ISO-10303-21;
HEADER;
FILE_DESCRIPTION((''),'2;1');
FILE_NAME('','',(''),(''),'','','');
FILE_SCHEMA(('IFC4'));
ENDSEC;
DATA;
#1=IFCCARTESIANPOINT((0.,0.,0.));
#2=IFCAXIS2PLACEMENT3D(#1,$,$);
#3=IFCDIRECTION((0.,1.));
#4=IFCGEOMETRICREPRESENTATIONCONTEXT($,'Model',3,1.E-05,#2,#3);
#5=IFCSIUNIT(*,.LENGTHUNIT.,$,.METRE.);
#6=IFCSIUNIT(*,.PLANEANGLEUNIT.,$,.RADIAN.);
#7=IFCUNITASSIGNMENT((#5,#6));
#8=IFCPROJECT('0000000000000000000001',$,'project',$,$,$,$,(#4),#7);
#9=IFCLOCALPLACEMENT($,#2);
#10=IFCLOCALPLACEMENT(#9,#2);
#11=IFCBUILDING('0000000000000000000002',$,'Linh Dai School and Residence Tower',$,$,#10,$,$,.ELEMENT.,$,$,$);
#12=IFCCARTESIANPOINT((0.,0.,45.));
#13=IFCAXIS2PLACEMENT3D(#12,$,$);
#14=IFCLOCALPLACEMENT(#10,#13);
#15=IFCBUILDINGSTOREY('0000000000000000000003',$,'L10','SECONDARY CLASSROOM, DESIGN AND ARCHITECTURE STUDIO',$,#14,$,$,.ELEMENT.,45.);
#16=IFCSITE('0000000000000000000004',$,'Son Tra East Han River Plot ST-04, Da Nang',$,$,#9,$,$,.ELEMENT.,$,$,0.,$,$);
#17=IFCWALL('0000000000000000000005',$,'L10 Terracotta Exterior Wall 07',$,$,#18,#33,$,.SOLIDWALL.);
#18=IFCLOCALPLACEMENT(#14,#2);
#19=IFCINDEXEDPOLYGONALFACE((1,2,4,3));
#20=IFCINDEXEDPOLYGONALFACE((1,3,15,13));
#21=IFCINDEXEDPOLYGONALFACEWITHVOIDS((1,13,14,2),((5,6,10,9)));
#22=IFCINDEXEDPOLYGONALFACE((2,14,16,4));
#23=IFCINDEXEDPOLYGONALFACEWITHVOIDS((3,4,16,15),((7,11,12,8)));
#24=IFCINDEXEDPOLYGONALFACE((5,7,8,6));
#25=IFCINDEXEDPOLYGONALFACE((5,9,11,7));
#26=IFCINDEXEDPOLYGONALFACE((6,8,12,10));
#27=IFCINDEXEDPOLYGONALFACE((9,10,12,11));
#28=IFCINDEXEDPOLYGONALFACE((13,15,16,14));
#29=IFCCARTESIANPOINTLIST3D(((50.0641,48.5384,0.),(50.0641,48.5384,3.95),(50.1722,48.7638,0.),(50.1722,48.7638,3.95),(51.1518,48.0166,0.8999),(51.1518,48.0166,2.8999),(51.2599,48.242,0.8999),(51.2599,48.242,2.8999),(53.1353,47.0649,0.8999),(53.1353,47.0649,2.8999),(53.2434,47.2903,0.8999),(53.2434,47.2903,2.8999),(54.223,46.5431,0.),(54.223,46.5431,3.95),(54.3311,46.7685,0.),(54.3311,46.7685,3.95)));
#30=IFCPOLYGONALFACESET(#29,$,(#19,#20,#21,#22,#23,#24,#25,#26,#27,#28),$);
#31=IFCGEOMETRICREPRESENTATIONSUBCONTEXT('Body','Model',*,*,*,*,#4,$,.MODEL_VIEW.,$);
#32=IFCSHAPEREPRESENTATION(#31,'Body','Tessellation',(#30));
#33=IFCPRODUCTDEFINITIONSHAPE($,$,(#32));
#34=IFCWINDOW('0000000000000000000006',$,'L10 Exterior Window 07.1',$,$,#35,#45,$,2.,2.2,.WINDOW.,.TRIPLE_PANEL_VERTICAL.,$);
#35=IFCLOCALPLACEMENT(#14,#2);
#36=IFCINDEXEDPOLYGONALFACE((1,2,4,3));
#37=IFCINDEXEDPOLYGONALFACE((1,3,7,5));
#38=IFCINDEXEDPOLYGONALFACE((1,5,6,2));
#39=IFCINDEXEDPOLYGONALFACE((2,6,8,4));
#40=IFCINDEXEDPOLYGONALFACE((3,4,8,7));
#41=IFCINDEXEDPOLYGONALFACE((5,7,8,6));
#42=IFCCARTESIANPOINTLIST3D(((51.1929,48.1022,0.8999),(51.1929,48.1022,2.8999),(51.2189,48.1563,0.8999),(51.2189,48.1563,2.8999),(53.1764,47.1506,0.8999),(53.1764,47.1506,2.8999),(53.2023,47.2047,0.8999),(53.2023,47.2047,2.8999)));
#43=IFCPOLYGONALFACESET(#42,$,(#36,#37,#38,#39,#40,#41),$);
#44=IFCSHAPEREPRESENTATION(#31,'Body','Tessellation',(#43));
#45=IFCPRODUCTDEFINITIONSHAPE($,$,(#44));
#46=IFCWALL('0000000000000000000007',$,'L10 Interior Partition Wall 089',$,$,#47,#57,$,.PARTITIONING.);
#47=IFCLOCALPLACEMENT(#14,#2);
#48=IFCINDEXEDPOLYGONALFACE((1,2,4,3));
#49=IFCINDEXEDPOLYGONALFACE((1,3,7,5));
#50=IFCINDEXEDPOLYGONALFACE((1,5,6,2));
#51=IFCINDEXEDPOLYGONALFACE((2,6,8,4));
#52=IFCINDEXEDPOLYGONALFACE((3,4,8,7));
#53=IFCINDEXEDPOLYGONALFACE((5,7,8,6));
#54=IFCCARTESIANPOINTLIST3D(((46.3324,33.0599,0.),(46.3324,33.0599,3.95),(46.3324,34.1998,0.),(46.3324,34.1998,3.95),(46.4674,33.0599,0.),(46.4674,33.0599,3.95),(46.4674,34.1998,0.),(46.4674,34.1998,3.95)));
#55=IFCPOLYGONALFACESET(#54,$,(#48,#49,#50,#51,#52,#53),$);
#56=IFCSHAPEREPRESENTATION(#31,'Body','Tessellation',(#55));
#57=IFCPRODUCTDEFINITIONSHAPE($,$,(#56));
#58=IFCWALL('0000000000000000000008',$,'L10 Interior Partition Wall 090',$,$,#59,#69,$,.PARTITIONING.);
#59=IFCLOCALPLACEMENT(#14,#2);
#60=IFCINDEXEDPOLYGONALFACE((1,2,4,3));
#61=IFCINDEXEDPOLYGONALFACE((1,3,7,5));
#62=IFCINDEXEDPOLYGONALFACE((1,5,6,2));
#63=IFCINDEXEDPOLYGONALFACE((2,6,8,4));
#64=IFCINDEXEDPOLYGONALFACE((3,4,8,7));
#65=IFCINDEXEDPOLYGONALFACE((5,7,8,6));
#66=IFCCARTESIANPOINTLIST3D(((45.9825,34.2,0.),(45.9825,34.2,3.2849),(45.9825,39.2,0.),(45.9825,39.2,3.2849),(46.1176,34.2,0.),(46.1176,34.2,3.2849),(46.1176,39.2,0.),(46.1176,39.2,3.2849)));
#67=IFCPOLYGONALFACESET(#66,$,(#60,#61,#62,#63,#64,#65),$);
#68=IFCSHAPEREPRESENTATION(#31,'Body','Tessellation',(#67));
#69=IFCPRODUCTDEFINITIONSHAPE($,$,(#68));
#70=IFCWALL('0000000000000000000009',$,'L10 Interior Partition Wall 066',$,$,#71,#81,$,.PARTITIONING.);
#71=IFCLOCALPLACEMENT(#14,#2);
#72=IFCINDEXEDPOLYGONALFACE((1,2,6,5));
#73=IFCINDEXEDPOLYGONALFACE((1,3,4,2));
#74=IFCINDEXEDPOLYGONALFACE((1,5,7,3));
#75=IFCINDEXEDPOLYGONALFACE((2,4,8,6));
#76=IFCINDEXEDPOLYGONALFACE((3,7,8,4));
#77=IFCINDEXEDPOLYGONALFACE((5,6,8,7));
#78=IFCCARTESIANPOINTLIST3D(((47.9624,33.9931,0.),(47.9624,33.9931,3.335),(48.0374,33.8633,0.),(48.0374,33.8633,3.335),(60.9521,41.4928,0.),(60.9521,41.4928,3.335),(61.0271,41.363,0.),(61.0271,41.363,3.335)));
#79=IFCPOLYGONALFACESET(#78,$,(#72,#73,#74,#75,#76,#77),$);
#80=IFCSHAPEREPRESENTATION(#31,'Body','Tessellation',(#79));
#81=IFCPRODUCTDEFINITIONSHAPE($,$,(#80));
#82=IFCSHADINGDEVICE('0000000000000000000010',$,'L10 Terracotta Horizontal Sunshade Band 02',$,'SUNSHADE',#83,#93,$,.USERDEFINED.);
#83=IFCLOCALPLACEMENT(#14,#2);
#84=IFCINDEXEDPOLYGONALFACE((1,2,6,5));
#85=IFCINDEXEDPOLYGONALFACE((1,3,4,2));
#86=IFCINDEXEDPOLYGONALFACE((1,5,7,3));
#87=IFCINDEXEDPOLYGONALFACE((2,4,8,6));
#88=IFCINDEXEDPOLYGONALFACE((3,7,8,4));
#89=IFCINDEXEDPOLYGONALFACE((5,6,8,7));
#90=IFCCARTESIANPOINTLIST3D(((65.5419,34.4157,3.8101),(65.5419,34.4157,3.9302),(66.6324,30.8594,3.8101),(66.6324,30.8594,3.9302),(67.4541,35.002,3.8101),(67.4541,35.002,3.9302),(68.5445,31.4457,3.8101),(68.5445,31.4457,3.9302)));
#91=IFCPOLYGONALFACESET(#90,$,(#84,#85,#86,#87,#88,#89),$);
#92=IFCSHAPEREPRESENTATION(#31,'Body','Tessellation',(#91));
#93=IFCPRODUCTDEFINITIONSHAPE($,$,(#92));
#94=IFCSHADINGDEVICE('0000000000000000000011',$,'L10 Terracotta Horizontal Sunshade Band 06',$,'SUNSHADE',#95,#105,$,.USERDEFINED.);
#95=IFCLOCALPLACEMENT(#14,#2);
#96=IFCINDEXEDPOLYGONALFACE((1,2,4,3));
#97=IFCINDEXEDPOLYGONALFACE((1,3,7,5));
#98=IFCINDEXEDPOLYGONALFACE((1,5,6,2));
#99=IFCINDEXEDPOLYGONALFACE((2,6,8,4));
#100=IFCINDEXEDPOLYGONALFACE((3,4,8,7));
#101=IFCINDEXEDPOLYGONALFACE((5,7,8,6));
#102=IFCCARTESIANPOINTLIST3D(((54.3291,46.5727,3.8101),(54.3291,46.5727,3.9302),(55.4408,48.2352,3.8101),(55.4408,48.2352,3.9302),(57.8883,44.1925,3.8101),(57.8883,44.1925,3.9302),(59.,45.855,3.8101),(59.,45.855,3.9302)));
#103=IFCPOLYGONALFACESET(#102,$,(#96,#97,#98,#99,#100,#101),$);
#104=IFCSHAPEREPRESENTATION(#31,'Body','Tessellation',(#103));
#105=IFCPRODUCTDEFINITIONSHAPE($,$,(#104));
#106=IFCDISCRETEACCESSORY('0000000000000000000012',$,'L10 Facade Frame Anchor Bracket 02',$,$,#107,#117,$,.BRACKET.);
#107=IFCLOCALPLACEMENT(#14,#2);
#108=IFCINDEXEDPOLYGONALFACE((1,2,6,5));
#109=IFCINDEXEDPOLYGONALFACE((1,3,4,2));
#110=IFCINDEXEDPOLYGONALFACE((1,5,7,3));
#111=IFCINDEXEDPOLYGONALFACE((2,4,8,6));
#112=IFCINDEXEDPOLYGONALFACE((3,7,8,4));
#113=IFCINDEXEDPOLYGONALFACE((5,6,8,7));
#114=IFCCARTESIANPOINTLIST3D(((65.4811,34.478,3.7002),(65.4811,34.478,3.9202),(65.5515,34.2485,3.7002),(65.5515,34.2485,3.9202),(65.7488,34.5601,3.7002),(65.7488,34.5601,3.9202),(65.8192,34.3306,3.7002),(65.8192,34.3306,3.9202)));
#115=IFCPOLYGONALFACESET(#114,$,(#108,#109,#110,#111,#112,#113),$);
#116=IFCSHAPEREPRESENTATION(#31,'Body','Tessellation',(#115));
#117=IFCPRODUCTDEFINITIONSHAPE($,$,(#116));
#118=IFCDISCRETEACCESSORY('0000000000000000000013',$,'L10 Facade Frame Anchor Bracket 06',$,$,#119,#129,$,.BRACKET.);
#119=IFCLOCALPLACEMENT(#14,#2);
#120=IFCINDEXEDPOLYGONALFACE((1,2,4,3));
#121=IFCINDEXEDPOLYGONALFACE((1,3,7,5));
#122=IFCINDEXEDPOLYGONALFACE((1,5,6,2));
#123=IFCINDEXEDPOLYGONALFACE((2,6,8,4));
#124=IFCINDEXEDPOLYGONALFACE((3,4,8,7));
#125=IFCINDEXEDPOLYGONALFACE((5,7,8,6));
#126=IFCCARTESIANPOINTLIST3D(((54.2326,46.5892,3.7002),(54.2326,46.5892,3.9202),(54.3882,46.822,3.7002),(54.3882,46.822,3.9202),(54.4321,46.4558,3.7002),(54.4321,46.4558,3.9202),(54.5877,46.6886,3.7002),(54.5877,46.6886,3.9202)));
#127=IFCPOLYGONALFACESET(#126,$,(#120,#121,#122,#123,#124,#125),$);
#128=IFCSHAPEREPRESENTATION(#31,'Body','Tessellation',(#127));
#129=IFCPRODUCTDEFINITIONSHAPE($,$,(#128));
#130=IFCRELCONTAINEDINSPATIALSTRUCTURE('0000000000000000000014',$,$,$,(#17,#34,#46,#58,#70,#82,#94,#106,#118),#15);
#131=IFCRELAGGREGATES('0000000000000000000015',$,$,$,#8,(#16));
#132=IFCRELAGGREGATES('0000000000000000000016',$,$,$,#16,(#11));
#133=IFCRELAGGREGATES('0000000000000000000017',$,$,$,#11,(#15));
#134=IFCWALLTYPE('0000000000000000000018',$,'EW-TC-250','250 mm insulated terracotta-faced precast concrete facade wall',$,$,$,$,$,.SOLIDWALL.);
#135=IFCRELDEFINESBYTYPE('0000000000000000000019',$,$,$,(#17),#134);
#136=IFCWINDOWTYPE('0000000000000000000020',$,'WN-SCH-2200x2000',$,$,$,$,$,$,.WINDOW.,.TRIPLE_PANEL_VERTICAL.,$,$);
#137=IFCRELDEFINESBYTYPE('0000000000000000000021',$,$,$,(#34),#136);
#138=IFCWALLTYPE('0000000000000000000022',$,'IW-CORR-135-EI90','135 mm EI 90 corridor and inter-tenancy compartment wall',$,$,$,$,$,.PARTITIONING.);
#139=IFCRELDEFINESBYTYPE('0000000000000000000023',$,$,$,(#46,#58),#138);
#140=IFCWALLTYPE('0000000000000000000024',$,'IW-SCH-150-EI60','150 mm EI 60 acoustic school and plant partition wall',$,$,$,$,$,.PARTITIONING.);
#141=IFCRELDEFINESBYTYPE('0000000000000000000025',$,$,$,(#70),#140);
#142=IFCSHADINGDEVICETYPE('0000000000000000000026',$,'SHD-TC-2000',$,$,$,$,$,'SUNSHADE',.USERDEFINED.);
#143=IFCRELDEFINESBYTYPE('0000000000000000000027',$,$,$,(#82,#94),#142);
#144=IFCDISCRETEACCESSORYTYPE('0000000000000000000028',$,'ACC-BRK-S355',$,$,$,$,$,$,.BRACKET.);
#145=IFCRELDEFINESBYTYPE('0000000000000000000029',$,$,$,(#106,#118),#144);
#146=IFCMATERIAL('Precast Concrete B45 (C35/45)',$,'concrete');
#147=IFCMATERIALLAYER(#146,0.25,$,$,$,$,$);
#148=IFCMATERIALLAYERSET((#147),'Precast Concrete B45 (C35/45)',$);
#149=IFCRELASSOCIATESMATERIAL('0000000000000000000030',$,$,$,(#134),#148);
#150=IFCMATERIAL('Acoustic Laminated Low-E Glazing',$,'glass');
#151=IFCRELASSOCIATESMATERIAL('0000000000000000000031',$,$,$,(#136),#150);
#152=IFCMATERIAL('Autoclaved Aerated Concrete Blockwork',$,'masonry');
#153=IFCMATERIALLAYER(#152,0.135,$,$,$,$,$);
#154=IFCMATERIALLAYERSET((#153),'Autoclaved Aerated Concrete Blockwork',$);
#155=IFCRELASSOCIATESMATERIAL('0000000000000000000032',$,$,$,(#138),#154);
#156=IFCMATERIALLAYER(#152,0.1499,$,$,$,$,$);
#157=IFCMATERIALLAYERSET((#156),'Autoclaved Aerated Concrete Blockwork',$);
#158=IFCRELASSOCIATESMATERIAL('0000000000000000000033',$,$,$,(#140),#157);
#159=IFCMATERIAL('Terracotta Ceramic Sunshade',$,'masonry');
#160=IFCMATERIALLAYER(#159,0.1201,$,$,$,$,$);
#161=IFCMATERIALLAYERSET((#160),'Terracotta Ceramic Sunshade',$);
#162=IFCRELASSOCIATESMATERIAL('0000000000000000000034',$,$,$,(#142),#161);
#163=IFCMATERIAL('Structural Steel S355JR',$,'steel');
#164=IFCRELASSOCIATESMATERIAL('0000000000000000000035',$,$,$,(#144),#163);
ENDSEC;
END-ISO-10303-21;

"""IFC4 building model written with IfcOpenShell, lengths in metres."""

from ifc_helpers import new_model, si_unit, direction, frame, frame_2d, origin, origin_2d, place, context, subcontext, project, spatial, rectangle, extrude, source, transform, mapped, material, layer, layer_set, type_object, element, fill, save


model = new_model("IFC4")

# Units and contexts
model_context = context("Model", 3, precision=1e-05, world=origin(), true_north=direction((0.0, 1.0)))
body_context = subcontext(model_context, "Body", "Model", "MODEL_VIEW")
ifc_project = project(units=[si_unit("LENGTHUNIT", "METRE"), si_unit("PLANEANGLEUNIT", "RADIAN")], contexts=[model_context])

# Site, building, storey
site_placement = place(None, origin())
site = spatial("IfcSite", under=ifc_project, at=site_placement, Name="Son Tra East Han River Plot ST-04, Da Nang", CompositionType="ELEMENT", RefElevation=0.0)
building_placement = place(site_placement, origin())
building = spatial("IfcBuilding", under=site, at=building_placement, Name="Linh Dai School and Residence Tower", CompositionType="ELEMENT")
storey_placement = place(building_placement, frame((0.0, 0.0, 45.0)))
storey = spatial("IfcBuildingStorey", under=building, at=storey_placement, Name="L10", Description="SECONDARY CLASSROOM, DESIGN AND ARCHITECTURE STUDIO", CompositionType="ELEMENT", Elevation=45.0)

# Shared definitions
ifc_material_1 = material(Name="Structural Steel S355JR", Category="steel")

# Shared definitions
ifc_material_2 = material(Name="Precast Concrete B45 (C35/45)", Category="concrete")

# Shared definitions
ifc_layer_1 = layer(ifc_material_2, 0.25)
ifc_layer_set_1 = layer_set([ifc_layer_1], Name="Precast Concrete B45 (C35/45)")
wall_type_1 = type_object("IfcWallType", Name="EW-TC-250", Description="250 mm insulated terracotta-faced precast concrete facade wall", PredefinedType="SOLIDWALL", material=ifc_layer_set_1)

# Shared definitions
ifc_material_3 = material(Name="Acoustic Laminated Low-E Glazing", Category="glass")
window_type = type_object("IfcWindowType", Name="WN-SCH-2200x2000", PartitioningType="TRIPLE_PANEL_VERTICAL", PredefinedType="WINDOW", material=ifc_material_3)
shared_shape_1 = source(origin(), body_context, "Body", "SweptSolid", [
    extrude(rectangle(XDim=2.2, YDim=2.0, at=origin_2d()), frame((1.1001, 0.03, 1.0), z_axis=(0.0, -1.0, 0.0), x_axis=(1.0, 0.0, 0.0)), (0.0, 0.0, 1.0), 0.0601),
])

# Wall, opening, window
wall_1_placement = place(storey_placement, frame((50.1182, 48.6511, 0.0), z_axis=(0.0, 0.0, 1.0), x_axis=(0.901602, -0.432568, 0.0)))
wall_1 = element("IfcWall", 1, at=wall_1_placement, inside=storey, type_object=wall_type_1, Name="L10 Terracotta Exterior Wall 07", PredefinedType="SOLIDWALL", context=body_context, shape_type="SweptSolid", body=[
    extrude(rectangle(XDim=4.6128, YDim=0.25, at=frame_2d((2.3064, 0.0))), origin(), (0.0, 0.0, 1.0), 3.95),
])
opening_1_placement = place(wall_1_placement, frame((1.2063, 0.0, 0.8999)))
opening_1 = element("IfcOpeningElement", 2, at=opening_1_placement, cuts=wall_1, PredefinedType="OPENING", context=body_context, shape_type="SweptSolid", body=[
    extrude(rectangle(XDim=2.2, YDim=2.0, at=origin_2d()), frame((1.1001, 0.135, 1.0), z_axis=(0.0, -1.0, 0.0), x_axis=(1.0, 0.0, 0.0)), (0.0, 0.0, 1.0), 0.27),
])
window_1_placement = place(opening_1_placement, origin())
window_1 = element("IfcWindow", 3, at=window_1_placement, inside=storey, type_object=window_type, Name="L10 Exterior Window 07.1", OverallHeight=2.0, OverallWidth=2.2, PartitioningType="TRIPLE_PANEL_VERTICAL", PredefinedType="WINDOW", context=body_context, shape_type="MappedRepresentation", body=[
    mapped(shared_shape_1, transform((0.0, 0.0, 0.0), x_axis=(1.0, 0.0, 0.0), y_axis=(0.0, 1.0, 0.0), z_axis=(0.0, 0.0, 1.0), scale=1.0)),
])
fill(opening_1, window_1)

# Walls
ifc_material_4 = material(Name="Autoclaved Aerated Concrete Blockwork", Category="masonry")
ifc_layer_2 = layer(ifc_material_4, 0.135)
ifc_layer_set_2 = layer_set([ifc_layer_2], Name="Autoclaved Aerated Concrete Blockwork")
wall_type_2 = type_object("IfcWallType", Name="IW-CORR-135-EI90", Description="135 mm EI 90 corridor and inter-tenancy compartment wall", PredefinedType="PARTITIONING", material=ifc_layer_set_2)
wall_2_placement = place(storey_placement, frame((46.3999, 33.0601, 0.0), z_axis=(0.0, 0.0, 1.0), x_axis=(0.0, 1.0, 0.0)))
element("IfcWall", 4, at=wall_2_placement, inside=storey, type_object=wall_type_2, Name="L10 Interior Partition Wall 089", PredefinedType="PARTITIONING", context=body_context, shape_type="SweptSolid", body=[
    extrude(rectangle(XDim=1.1399, YDim=0.135, at=frame_2d((0.5698, 0.0))), origin(), (0.0, 0.0, 1.0), 3.95),
])
wall_3_placement = place(storey_placement, frame((46.05, 34.2, 0.0), z_axis=(0.0, 0.0, 1.0), x_axis=(0.0, 1.0, 0.0)))
element("IfcWall", 5, at=wall_3_placement, inside=storey, type_object=wall_type_2, Name="L10 Interior Partition Wall 090", PredefinedType="PARTITIONING", context=body_context, shape_type="SweptSolid", body=[
    extrude(rectangle(XDim=5.0, YDim=0.135, at=frame_2d((2.5, 0.0))), origin(), (0.0, 0.0, 1.0), 3.2849),
])
ifc_layer_3 = layer(ifc_material_4, 0.1499)
ifc_layer_set_3 = layer_set([ifc_layer_3], Name="Autoclaved Aerated Concrete Blockwork")
wall_type_3 = type_object("IfcWallType", Name="IW-SCH-150-EI60", Description="150 mm EI 60 acoustic school and plant partition wall", PredefinedType="PARTITIONING", material=ifc_layer_set_3)
wall_4_placement = place(storey_placement, frame((48.0, 33.9282, 0.0), z_axis=(0.0, 0.0, 1.0), x_axis=(0.866022, 0.500006, 0.0)))
element("IfcWall", 6, at=wall_4_placement, inside=storey, type_object=wall_type_3, Name="L10 Interior Partition Wall 066", PredefinedType="PARTITIONING", context=body_context, shape_type="SweptSolid", body=[
    extrude(rectangle(XDim=14.9993, YDim=0.1499, at=frame_2d((7.4995, 0.0))), origin(), (0.0, 0.0, 1.0), 3.335),
])

# Shading devices
ifc_material_5 = material(Name="Terracotta Ceramic Sunshade", Category="masonry")
ifc_layer_4 = layer(ifc_material_5, 0.1201)
ifc_layer_set_4 = layer_set([ifc_layer_4], Name="Terracotta Ceramic Sunshade")
shading_device_type = type_object("IfcShadingDeviceType", Name="SHD-TC-2000", ElementType="SUNSHADE", PredefinedType="USERDEFINED", material=ifc_layer_set_4)
shared_shape_2 = source(origin(), body_context, "Body", "SweptSolid", [
    extrude(rectangle(XDim=3.7197, YDim=2.0, at=origin_2d()), origin(), (0.0, 0.0, 1.0), 0.1201),
])
shading_device_1_placement = place(storey_placement, frame((67.0432, 32.9307, 3.8101), z_axis=(0.0, 0.0, 1.0), x_axis=(0.293146, -0.956068, 0.0)))
element("IfcShadingDevice", 7, at=shading_device_1_placement, inside=storey, type_object=shading_device_type, Name="L10 Terracotta Horizontal Sunshade Band 02", ObjectType="SUNSHADE", PredefinedType="USERDEFINED", context=body_context, shape_type="MappedRepresentation", body=[
    mapped(shared_shape_2, transform((0.0, 0.0, 0.0), x_axis=(1.0, 0.0, 0.0), y_axis=(0.0, 1.0, 0.0), z_axis=(0.0, 0.0, 1.0), scale=1.0)),
])
shared_shape_3 = source(origin(), body_context, "Body", "SweptSolid", [
    extrude(rectangle(XDim=4.2817, YDim=2.0, at=origin_2d()), origin(), (0.0, 0.0, 1.0), 0.1201),
])
shading_device_2_placement = place(storey_placement, frame((56.6646, 46.2139, 3.8101), z_axis=(0.0, 0.0, 1.0), x_axis=(0.831251, -0.555898, 0.0)))
element("IfcShadingDevice", 8, at=shading_device_2_placement, inside=storey, type_object=shading_device_type, Name="L10 Terracotta Horizontal Sunshade Band 06", ObjectType="SUNSHADE", PredefinedType="USERDEFINED", context=body_context, shape_type="MappedRepresentation", body=[
    mapped(shared_shape_3, transform((0.0, 0.0, 0.0), x_axis=(1.0, 0.0, 0.0), y_axis=(0.0, 1.0, 0.0), z_axis=(0.0, 0.0, 1.0), scale=1.0)),
])

# Discrete accessories
discrete_accessory_type = type_object("IfcDiscreteAccessoryType", Name="ACC-BRK-S355", PredefinedType="BRACKET", material=ifc_material_1)
shared_shape_4 = source(origin(), body_context, "Body", "SweptSolid", [
    extrude(rectangle(XDim=0.28, YDim=0.24, at=origin_2d()), origin(), (0.0, 0.0, 1.0), 0.22),
])
for number, where, z_axis, x_axis, name in (
    (9, (65.6501, 34.4043, 3.7002), (0.0, 0.0, 1.0), (0.956068, 0.293146, 0.0), "L10 Facade Frame Anchor Bracket 02"),
    (10, (54.4102, 46.6389, 3.7002), (0.0, 0.0, 1.0), (0.555898, 0.831251, 0.0), "L10 Facade Frame Anchor Bracket 06"),
):
    element("IfcDiscreteAccessory", number, at=place(storey_placement, frame(where, z_axis=z_axis, x_axis=x_axis)), inside=storey, type_object=discrete_accessory_type, Name=name, PredefinedType="BRACKET", context=body_context, shape_type="MappedRepresentation", body=[
        mapped(shared_shape_4, transform((0.0, 0.0, 0.0), x_axis=(1.0, 0.0, 0.0), y_axis=(0.0, 1.0, 0.0), z_axis=(0.0, 0.0, 1.0), scale=1.0)),
    ])

save(model, "model.ifc")
